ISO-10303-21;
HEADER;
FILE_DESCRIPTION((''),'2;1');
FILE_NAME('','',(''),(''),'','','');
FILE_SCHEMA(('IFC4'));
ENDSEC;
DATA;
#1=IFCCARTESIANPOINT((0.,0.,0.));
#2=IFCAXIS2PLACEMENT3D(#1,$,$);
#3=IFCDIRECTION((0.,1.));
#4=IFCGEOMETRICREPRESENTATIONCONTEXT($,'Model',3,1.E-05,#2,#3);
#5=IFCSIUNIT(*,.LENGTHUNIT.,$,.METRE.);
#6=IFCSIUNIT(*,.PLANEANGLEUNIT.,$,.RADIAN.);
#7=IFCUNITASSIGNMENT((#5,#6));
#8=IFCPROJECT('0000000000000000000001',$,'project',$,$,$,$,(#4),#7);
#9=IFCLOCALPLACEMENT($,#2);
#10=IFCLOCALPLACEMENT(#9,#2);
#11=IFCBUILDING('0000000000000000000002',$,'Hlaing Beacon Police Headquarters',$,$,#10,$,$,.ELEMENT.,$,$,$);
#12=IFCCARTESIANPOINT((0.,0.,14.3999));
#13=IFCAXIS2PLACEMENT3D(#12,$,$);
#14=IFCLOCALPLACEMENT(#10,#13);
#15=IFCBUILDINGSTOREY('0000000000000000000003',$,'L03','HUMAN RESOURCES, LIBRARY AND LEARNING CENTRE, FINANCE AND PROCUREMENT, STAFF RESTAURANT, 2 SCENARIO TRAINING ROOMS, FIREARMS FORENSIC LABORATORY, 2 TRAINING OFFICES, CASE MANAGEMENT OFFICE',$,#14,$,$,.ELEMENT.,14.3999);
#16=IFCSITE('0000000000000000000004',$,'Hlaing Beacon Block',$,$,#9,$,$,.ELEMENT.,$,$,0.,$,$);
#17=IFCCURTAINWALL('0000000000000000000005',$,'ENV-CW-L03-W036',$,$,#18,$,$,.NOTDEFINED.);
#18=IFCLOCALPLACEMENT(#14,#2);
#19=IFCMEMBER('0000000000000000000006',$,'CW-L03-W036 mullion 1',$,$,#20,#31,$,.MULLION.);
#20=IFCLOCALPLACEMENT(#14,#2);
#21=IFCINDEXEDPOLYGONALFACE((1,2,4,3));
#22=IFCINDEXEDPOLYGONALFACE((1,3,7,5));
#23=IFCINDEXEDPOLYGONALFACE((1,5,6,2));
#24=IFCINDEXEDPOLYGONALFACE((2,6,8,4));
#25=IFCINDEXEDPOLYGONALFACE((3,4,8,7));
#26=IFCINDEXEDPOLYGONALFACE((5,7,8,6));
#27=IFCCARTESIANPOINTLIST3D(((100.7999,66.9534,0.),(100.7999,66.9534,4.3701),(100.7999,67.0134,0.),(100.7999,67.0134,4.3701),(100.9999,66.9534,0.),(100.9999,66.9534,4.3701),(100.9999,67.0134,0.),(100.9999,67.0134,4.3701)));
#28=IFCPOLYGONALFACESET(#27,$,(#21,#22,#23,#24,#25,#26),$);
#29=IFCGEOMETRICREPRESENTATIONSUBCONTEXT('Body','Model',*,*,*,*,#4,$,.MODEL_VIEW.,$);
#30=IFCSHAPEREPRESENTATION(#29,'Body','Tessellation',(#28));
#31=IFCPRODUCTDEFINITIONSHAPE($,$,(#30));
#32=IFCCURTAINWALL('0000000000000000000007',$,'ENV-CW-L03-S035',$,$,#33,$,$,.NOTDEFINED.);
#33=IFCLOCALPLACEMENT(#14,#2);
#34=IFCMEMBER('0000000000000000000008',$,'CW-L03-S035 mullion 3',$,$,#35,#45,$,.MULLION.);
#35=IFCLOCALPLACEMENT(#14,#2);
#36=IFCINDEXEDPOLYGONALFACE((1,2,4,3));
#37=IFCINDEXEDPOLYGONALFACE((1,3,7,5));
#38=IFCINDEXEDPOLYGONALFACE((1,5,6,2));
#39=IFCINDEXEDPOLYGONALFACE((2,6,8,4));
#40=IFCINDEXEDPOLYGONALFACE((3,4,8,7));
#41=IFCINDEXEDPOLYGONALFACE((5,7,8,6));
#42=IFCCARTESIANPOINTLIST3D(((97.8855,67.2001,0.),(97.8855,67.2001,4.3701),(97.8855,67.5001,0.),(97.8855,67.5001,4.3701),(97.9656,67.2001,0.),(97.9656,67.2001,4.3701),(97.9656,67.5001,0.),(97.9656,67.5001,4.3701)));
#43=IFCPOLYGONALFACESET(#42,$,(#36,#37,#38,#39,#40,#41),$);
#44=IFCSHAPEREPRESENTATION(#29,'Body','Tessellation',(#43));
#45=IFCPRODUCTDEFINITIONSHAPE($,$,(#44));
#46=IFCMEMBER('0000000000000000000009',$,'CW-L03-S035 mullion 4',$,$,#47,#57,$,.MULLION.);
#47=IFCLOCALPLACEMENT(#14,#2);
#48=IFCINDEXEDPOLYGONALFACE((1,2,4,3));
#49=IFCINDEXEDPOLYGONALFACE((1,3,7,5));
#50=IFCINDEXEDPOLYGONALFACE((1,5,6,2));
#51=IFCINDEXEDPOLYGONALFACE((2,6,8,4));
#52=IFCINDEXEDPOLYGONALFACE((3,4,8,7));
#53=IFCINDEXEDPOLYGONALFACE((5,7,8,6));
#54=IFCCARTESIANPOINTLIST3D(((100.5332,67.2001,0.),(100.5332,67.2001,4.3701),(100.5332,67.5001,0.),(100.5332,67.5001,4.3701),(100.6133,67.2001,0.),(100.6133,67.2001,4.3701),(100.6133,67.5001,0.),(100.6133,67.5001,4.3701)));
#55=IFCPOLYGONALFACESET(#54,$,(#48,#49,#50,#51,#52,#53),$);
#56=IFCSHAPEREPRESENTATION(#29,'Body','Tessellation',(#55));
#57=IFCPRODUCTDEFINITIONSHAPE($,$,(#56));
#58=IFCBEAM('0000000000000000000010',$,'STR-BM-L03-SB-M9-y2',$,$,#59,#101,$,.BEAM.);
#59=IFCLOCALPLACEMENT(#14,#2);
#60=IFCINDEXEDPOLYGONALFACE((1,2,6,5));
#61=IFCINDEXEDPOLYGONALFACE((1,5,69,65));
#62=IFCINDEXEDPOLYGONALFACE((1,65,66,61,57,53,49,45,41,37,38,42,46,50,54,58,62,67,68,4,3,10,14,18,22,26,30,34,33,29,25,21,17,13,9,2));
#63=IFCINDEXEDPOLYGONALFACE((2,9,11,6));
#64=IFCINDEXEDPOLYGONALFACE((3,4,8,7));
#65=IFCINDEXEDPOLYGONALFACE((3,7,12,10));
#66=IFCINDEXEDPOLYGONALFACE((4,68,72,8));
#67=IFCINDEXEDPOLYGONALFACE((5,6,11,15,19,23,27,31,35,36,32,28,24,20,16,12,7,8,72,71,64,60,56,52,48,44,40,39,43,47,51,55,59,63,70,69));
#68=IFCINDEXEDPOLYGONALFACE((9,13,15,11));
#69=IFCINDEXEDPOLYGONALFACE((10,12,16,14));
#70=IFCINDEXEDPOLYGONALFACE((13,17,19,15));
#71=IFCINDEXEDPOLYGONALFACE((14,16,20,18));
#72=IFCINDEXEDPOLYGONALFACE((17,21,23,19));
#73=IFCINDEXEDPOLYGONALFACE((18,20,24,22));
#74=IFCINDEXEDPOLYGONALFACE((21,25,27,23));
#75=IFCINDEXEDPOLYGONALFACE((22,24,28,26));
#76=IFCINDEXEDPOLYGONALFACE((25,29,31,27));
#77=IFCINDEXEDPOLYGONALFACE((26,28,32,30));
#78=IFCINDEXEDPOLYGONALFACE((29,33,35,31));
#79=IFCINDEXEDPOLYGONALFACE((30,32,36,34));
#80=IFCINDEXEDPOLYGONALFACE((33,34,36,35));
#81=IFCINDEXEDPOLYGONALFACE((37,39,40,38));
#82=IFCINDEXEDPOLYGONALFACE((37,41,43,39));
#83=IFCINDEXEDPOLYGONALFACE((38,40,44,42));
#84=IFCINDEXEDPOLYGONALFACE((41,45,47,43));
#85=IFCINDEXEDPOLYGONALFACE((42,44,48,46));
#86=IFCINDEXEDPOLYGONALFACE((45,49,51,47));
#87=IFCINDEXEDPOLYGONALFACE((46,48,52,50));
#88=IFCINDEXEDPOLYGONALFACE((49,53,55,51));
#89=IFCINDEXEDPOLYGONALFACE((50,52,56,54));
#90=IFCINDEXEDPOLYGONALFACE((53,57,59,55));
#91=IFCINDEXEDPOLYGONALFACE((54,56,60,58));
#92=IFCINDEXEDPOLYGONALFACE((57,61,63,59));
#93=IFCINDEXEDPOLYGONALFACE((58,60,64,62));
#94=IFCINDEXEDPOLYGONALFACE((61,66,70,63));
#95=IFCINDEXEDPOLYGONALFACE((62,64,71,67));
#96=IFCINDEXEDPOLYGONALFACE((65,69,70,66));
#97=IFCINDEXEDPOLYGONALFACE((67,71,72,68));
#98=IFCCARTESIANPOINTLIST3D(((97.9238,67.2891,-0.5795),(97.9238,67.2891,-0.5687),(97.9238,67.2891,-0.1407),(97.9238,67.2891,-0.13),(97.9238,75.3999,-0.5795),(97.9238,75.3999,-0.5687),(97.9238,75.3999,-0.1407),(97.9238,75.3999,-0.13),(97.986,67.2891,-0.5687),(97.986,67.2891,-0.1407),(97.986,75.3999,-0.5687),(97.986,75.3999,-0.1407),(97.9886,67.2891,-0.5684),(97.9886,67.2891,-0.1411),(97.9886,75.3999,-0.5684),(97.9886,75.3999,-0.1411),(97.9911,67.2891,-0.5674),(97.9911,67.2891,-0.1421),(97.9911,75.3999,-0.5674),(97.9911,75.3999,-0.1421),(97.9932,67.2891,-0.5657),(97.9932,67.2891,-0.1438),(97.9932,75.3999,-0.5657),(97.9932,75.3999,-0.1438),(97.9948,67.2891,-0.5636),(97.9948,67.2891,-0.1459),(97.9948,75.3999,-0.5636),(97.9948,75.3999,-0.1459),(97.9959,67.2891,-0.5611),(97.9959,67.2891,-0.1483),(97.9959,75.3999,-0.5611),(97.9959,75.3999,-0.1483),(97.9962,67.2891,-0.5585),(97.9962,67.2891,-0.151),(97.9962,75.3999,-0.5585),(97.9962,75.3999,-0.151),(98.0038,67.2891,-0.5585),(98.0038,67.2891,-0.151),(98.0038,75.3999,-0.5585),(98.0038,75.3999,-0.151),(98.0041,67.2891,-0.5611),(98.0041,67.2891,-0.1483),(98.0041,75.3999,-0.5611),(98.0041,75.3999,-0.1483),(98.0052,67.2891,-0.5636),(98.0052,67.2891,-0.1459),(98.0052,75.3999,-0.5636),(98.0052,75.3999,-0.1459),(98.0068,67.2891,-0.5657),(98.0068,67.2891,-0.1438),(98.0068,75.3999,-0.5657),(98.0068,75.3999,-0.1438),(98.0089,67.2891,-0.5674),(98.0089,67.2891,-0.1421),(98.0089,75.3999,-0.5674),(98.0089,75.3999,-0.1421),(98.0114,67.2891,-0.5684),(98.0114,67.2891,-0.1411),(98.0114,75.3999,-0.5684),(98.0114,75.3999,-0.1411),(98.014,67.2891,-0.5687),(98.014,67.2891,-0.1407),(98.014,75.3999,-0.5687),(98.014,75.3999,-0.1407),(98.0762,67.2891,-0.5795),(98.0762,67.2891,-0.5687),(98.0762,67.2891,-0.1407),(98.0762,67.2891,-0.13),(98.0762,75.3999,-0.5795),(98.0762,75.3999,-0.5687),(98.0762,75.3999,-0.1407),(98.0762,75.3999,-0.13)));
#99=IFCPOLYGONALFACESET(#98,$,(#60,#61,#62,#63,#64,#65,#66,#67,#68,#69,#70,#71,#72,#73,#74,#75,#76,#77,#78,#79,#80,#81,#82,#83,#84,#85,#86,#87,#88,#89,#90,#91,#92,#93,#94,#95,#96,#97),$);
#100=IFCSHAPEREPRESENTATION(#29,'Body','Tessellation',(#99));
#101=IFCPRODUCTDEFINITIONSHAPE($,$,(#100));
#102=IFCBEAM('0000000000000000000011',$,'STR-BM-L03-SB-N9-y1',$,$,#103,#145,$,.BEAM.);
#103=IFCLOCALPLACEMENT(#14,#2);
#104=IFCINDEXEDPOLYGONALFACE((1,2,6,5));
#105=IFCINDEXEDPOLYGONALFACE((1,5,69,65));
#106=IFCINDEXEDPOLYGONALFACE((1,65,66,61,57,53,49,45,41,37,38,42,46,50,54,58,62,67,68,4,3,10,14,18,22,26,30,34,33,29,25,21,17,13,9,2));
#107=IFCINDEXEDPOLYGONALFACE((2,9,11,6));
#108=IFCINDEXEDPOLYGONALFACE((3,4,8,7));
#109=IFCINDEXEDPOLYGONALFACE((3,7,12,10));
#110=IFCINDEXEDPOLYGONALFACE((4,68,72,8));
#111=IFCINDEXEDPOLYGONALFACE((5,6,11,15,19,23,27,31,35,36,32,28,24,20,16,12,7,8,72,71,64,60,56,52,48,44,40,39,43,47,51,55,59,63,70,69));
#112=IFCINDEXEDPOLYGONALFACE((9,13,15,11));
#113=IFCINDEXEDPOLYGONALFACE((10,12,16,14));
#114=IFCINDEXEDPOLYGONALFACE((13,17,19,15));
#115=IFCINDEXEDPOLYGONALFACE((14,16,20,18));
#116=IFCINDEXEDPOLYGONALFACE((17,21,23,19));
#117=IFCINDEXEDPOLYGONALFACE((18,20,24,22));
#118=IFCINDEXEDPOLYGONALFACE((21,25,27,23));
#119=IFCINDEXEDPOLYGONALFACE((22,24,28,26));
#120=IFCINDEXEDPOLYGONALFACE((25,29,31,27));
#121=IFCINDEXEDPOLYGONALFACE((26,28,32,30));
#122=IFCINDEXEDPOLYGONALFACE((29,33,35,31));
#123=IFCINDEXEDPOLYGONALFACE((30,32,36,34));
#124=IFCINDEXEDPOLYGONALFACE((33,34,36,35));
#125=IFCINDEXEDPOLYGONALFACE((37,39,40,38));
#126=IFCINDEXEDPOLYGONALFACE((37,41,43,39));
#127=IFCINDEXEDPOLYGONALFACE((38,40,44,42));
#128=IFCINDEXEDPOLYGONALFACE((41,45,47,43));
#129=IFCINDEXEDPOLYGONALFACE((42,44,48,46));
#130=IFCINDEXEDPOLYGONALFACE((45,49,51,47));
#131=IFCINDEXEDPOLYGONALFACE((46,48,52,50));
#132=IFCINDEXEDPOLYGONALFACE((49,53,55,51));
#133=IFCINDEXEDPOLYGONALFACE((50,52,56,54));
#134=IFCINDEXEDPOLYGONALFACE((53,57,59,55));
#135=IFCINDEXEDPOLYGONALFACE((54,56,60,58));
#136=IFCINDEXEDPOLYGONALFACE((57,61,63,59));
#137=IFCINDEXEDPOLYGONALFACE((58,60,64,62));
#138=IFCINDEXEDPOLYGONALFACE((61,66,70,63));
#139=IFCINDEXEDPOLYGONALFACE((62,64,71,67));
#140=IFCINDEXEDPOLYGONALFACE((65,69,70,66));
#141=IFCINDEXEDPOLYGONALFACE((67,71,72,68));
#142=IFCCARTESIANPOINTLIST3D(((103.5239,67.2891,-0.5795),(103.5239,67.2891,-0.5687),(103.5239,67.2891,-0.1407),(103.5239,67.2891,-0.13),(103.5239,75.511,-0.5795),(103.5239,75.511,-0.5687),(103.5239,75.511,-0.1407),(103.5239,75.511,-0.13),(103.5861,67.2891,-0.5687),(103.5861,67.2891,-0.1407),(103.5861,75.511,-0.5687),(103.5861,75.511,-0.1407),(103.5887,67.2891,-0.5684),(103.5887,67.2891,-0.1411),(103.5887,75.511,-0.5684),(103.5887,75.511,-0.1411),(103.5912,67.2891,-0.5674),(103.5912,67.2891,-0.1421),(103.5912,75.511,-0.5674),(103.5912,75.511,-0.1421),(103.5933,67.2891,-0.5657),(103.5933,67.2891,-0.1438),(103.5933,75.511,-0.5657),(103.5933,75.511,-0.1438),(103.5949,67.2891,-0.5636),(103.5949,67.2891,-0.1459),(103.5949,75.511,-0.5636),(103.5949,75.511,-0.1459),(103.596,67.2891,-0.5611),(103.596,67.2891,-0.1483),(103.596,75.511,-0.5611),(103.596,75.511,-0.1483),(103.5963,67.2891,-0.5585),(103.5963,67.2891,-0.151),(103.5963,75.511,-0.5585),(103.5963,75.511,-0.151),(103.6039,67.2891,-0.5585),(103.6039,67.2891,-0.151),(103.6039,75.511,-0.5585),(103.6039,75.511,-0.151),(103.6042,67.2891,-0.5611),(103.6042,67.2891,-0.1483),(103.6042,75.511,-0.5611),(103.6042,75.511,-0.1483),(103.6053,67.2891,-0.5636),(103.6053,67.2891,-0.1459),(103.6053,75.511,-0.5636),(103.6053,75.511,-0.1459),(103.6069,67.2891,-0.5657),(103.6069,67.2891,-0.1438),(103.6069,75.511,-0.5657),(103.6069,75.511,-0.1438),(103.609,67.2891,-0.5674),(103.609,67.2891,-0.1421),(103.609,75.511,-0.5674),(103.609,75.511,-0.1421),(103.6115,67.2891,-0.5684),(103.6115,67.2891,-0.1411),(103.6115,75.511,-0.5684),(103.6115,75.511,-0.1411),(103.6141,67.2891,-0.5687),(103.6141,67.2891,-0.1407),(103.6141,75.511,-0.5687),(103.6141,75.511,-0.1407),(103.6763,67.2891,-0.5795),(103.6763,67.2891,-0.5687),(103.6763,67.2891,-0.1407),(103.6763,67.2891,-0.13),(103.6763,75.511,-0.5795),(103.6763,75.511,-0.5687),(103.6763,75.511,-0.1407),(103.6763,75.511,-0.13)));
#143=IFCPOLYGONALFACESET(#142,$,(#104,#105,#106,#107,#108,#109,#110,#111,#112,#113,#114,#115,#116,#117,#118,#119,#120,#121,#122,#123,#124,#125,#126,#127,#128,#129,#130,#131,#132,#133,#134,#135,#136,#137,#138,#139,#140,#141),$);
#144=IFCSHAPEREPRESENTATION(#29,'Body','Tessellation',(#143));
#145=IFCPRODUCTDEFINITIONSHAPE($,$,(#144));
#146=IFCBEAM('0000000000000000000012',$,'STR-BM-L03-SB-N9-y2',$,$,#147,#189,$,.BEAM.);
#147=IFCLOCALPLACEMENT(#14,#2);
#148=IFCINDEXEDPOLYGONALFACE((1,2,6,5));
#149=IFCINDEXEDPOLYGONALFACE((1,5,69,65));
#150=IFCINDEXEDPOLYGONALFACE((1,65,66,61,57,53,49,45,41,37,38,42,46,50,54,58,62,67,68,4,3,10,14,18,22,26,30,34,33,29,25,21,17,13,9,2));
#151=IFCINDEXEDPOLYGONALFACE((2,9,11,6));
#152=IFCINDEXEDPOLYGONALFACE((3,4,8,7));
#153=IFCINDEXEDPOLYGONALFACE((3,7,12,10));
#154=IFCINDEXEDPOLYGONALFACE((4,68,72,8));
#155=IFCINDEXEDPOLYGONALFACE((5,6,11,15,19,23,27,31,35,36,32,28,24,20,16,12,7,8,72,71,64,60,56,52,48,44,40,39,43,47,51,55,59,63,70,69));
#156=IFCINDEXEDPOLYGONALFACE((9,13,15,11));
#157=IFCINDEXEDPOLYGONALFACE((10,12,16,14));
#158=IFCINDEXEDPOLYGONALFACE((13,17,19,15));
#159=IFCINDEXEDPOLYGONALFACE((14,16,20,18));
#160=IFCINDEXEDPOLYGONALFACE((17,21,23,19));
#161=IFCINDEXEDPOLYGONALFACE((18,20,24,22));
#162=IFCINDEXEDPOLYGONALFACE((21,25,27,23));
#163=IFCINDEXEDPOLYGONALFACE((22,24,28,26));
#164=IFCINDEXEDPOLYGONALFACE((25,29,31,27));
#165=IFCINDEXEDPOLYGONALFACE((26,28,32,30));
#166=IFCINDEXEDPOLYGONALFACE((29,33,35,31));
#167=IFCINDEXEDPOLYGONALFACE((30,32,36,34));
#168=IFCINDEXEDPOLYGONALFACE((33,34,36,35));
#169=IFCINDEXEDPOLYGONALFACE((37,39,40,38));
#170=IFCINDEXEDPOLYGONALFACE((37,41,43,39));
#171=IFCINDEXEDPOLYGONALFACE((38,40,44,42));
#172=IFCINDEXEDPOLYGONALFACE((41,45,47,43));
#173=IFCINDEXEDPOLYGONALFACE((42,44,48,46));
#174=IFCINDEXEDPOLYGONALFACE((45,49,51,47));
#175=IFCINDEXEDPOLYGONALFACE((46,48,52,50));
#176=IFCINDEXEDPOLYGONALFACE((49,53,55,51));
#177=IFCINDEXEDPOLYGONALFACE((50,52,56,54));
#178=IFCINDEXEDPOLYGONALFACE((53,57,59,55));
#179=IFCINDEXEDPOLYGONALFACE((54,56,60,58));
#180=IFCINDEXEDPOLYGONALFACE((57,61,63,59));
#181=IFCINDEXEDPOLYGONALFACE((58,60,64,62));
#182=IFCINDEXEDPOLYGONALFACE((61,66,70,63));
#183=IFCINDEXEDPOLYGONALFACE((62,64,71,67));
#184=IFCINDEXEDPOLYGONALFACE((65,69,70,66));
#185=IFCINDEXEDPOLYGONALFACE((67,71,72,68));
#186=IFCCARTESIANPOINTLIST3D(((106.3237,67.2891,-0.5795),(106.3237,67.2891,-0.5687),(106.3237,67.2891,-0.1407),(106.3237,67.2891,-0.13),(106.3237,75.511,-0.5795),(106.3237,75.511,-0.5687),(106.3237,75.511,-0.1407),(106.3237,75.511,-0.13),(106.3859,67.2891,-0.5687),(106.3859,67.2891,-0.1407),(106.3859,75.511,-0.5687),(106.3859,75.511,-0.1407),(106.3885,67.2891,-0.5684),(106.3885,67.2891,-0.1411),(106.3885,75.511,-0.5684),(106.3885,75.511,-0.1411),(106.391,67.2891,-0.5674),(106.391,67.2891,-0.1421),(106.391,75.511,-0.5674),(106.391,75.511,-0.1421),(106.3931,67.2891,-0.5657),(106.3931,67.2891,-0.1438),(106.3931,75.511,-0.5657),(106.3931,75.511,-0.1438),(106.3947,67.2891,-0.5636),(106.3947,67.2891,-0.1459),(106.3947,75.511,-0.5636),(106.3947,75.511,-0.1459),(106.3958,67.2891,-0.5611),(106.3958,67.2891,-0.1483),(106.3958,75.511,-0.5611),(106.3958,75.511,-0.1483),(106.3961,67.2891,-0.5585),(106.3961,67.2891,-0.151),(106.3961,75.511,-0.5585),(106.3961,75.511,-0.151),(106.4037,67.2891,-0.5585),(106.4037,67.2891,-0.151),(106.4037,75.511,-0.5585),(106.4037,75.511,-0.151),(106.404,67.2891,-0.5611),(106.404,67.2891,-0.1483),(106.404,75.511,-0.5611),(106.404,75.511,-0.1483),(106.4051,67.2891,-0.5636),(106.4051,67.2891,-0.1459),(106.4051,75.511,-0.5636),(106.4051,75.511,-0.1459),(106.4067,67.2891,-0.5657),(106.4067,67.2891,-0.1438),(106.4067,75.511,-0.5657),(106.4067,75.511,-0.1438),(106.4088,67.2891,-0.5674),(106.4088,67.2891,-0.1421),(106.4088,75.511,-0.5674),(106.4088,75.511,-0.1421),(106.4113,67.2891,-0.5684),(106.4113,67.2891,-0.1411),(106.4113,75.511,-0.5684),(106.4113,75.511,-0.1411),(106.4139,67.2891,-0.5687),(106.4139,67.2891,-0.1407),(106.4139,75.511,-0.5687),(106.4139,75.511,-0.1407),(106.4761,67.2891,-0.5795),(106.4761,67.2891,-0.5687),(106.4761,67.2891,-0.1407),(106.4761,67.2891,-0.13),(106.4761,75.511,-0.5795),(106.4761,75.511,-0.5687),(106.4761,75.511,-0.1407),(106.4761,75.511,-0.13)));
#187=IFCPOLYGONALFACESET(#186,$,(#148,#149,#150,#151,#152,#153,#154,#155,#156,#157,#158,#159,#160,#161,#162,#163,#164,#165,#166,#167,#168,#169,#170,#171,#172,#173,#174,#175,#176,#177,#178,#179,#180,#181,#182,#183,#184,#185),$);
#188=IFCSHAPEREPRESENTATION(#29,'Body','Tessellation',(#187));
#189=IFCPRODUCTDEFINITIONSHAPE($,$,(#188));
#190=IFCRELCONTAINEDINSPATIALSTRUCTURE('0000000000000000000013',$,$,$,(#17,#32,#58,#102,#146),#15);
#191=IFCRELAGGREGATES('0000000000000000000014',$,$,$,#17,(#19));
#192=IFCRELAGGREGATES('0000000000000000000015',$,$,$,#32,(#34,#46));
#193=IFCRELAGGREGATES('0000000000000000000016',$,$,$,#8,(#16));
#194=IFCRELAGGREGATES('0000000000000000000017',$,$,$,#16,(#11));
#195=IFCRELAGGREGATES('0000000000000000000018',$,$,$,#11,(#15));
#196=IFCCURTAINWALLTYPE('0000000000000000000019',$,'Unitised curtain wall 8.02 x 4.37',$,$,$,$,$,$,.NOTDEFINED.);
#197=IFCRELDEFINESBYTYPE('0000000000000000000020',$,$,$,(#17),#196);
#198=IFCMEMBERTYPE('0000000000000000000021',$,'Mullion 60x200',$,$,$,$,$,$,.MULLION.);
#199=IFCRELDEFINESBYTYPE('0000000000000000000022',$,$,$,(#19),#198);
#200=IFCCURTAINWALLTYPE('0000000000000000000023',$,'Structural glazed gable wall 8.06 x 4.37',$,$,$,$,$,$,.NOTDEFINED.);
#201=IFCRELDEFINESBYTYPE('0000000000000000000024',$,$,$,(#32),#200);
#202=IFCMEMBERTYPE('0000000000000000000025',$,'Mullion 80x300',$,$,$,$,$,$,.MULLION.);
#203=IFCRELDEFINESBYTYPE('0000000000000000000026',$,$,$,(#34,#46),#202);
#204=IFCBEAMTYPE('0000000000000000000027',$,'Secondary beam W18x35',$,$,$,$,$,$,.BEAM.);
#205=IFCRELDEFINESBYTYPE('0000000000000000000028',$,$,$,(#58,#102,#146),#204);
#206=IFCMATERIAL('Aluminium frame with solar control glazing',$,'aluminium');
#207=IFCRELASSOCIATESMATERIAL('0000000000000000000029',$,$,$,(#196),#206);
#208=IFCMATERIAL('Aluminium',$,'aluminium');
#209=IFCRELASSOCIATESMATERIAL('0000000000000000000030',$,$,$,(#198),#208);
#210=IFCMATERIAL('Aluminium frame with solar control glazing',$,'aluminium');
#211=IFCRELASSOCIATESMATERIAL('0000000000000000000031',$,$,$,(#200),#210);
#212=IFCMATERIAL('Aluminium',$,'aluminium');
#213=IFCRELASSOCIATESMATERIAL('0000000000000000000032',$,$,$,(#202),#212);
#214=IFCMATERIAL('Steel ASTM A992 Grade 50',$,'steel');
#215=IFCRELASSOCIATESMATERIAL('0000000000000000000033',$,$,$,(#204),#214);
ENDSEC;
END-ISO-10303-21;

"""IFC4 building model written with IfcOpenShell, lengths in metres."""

from ifc_helpers import new_model, si_unit, direction, frame, origin, origin_2d, place, context, subcontext, project, spatial, rectangle, i_section, extrude, material, material_profile, profile_set, type_object, element, aggregate, save


model = new_model("IFC4")

# Units and contexts
model_context = context("Model", 3, precision=1e-05, world=origin(), true_north=direction((0.0, 1.0)))
body_context = subcontext(model_context, "Body", "Model", "MODEL_VIEW")
ifc_project = project(units=[si_unit("LENGTHUNIT", "METRE"), si_unit("PLANEANGLEUNIT", "RADIAN")], contexts=[model_context])

# Site, building, storey
site_placement = place(None, origin())
site = spatial("IfcSite", under=ifc_project, at=site_placement, Name="Hlaing Beacon Block", CompositionType="ELEMENT", RefElevation=0.0)
building_placement = place(site_placement, origin())
building = spatial("IfcBuilding", under=site, at=building_placement, Name="Hlaing Beacon Police Headquarters", CompositionType="ELEMENT")
storey_placement = place(building_placement, frame((0.0, 0.0, 14.3999)))
storey = spatial("IfcBuildingStorey", under=building, at=storey_placement, Name="L03", Description="HUMAN RESOURCES, LIBRARY AND LEARNING CENTRE, FINANCE AND PROCUREMENT, STAFF RESTAURANT, 2 SCENARIO TRAINING ROOMS, FIREARMS FORENSIC LABORATORY, 2 TRAINING OFFICES, CASE MANAGEMENT OFFICE", CompositionType="ELEMENT", Elevation=14.3999)

# Curtain wall, member
ifc_material_1 = material(Name="Aluminium frame with solar control glazing", Category="aluminium")
curtain_wall_type_1 = type_object("IfcCurtainWallType", Name="Unitised curtain wall 8.02 x 4.37", PredefinedType="NOTDEFINED", material=ifc_material_1)
curtain_wall_1_placement = place(storey_placement, origin())
curtain_wall_1 = element("IfcCurtainWall", 1, at=curtain_wall_1_placement, inside=storey, type_object=curtain_wall_type_1, Name="ENV-CW-L03-W036", PredefinedType="NOTDEFINED")
ifc_material_2 = material(Name="Aluminium", Category="aluminium")
ifc_material_profile_1 = material_profile(ifc_material_2, rectangle(XDim=0.2, YDim=0.0601, at=origin_2d()), Name="Mullion 60x200")
ifc_profile_set_1 = profile_set([ifc_material_profile_1], Name="Aluminium")
member_type_1 = type_object("IfcMemberType", Name="Mullion 60x200", PredefinedType="MULLION", material=ifc_profile_set_1)
member_1_placement = place(storey_placement, frame((100.8999, 66.9834, 0.0), z_axis=(0.0, 0.0, 1.0), x_axis=(1.0, 0.0, 0.0)))
member_1 = element("IfcMember", 2, at=member_1_placement, type_object=member_type_1, Name="CW-L03-W036 mullion 1", PredefinedType="MULLION", context=body_context, shape_type="SweptSolid", body=[
    extrude(rectangle(XDim=0.2, YDim=0.0601, at=origin_2d()), origin(), (0.0, 0.0, 1.0), 4.3701),
])

# Curtain wall, members
ifc_material_3 = material(Name="Aluminium frame with solar control glazing", Category="aluminium")
curtain_wall_type_2 = type_object("IfcCurtainWallType", Name="Structural glazed gable wall 8.06 x 4.37", PredefinedType="NOTDEFINED", material=ifc_material_3)
curtain_wall_2_placement = place(storey_placement, origin())
curtain_wall_2 = element("IfcCurtainWall", 3, at=curtain_wall_2_placement, inside=storey, type_object=curtain_wall_type_2, Name="ENV-CW-L03-S035", PredefinedType="NOTDEFINED")
ifc_material_4 = material(Name="Aluminium", Category="aluminium")
ifc_material_profile_2 = material_profile(ifc_material_4, rectangle(XDim=0.3, YDim=0.0801, at=origin_2d()), Name="Mullion 80x300")
ifc_profile_set_2 = profile_set([ifc_material_profile_2], Name="Aluminium")
member_type_2 = type_object("IfcMemberType", Name="Mullion 80x300", PredefinedType="MULLION", material=ifc_profile_set_2)
member_2_placement = place(storey_placement, frame((97.9255, 67.3501, 0.0), z_axis=(0.0, 0.0, 1.0), x_axis=(0.0, 1.0, 0.0)))
member_2 = element("IfcMember", 4, at=member_2_placement, type_object=member_type_2, Name="CW-L03-S035 mullion 3", PredefinedType="MULLION", context=body_context, shape_type="SweptSolid", body=[
    extrude(rectangle(XDim=0.3, YDim=0.0801, at=origin_2d()), origin(), (0.0, 0.0, 1.0), 4.3701),
])
member_3_placement = place(storey_placement, frame((100.5732, 67.3501, 0.0), z_axis=(0.0, 0.0, 1.0), x_axis=(0.0, 1.0, 0.0)))
member_3 = element("IfcMember", 5, at=member_3_placement, type_object=member_type_2, Name="CW-L03-S035 mullion 4", PredefinedType="MULLION", context=body_context, shape_type="SweptSolid", body=[
    extrude(rectangle(XDim=0.3, YDim=0.0801, at=origin_2d()), origin(), (0.0, 0.0, 1.0), 4.3701),
])

# Beams
ifc_material_5 = material(Name="Steel ASTM A992 Grade 50", Category="steel")
ifc_material_profile_3 = material_profile(ifc_material_5, i_section(OverallWidth=0.1523, OverallDepth=0.4495, WebThickness=0.0076, FlangeThickness=0.0107, FilletRadius=0.0103, at=origin_2d()), Name="W18x35")
ifc_profile_set_3 = profile_set([ifc_material_profile_3], Name="Steel ASTM A992 Grade 50")
beam_type_1 = type_object("IfcBeamType", Name="Secondary beam W18x35", PredefinedType="BEAM", material=ifc_profile_set_3)
beam_1_placement = place(storey_placement, frame((98.0, 67.2891, -0.3547), z_axis=(0.0, 1.0, 0.0), x_axis=(-1.0, 0.0, 0.0)))
element("IfcBeam", 6, at=beam_1_placement, inside=storey, type_object=beam_type_1, Name="STR-BM-L03-SB-M9-y2", PredefinedType="BEAM", context=body_context, shape_type="SweptSolid", body=[
    extrude(i_section(OverallWidth=0.1523, OverallDepth=0.4495, WebThickness=0.0076, FlangeThickness=0.0107, FilletRadius=0.0103, at=origin_2d()), origin(), (0.0, 0.0, 1.0), 8.1108),
])
for number, where, z_axis, x_axis, name in (
    (7, (103.6001, 67.2891, -0.3547), (0.0, 1.0, 0.0), (-1.0, 0.0, 0.0), "STR-BM-L03-SB-N9-y1"),
    (8, (106.3999, 67.2891, -0.3547), (0.0, 1.0, 0.0), (-1.0, 0.0, 0.0), "STR-BM-L03-SB-N9-y2"),
):
    element("IfcBeam", number, at=place(storey_placement, frame(where, z_axis=z_axis, x_axis=x_axis)), inside=storey, type_object=beam_type_1, Name=name, PredefinedType="BEAM", context=body_context, shape_type="SweptSolid", body=[
        extrude(i_section(OverallWidth=0.1523, OverallDepth=0.4495, WebThickness=0.0076, FlangeThickness=0.0107, FilletRadius=0.0103, at=origin_2d()), origin(), (0.0, 0.0, 1.0), 8.2219),
    ])

aggregate(curtain_wall_1, [member_1])

aggregate(curtain_wall_2, [member_2, member_3])

save(model, "model.ifc")
